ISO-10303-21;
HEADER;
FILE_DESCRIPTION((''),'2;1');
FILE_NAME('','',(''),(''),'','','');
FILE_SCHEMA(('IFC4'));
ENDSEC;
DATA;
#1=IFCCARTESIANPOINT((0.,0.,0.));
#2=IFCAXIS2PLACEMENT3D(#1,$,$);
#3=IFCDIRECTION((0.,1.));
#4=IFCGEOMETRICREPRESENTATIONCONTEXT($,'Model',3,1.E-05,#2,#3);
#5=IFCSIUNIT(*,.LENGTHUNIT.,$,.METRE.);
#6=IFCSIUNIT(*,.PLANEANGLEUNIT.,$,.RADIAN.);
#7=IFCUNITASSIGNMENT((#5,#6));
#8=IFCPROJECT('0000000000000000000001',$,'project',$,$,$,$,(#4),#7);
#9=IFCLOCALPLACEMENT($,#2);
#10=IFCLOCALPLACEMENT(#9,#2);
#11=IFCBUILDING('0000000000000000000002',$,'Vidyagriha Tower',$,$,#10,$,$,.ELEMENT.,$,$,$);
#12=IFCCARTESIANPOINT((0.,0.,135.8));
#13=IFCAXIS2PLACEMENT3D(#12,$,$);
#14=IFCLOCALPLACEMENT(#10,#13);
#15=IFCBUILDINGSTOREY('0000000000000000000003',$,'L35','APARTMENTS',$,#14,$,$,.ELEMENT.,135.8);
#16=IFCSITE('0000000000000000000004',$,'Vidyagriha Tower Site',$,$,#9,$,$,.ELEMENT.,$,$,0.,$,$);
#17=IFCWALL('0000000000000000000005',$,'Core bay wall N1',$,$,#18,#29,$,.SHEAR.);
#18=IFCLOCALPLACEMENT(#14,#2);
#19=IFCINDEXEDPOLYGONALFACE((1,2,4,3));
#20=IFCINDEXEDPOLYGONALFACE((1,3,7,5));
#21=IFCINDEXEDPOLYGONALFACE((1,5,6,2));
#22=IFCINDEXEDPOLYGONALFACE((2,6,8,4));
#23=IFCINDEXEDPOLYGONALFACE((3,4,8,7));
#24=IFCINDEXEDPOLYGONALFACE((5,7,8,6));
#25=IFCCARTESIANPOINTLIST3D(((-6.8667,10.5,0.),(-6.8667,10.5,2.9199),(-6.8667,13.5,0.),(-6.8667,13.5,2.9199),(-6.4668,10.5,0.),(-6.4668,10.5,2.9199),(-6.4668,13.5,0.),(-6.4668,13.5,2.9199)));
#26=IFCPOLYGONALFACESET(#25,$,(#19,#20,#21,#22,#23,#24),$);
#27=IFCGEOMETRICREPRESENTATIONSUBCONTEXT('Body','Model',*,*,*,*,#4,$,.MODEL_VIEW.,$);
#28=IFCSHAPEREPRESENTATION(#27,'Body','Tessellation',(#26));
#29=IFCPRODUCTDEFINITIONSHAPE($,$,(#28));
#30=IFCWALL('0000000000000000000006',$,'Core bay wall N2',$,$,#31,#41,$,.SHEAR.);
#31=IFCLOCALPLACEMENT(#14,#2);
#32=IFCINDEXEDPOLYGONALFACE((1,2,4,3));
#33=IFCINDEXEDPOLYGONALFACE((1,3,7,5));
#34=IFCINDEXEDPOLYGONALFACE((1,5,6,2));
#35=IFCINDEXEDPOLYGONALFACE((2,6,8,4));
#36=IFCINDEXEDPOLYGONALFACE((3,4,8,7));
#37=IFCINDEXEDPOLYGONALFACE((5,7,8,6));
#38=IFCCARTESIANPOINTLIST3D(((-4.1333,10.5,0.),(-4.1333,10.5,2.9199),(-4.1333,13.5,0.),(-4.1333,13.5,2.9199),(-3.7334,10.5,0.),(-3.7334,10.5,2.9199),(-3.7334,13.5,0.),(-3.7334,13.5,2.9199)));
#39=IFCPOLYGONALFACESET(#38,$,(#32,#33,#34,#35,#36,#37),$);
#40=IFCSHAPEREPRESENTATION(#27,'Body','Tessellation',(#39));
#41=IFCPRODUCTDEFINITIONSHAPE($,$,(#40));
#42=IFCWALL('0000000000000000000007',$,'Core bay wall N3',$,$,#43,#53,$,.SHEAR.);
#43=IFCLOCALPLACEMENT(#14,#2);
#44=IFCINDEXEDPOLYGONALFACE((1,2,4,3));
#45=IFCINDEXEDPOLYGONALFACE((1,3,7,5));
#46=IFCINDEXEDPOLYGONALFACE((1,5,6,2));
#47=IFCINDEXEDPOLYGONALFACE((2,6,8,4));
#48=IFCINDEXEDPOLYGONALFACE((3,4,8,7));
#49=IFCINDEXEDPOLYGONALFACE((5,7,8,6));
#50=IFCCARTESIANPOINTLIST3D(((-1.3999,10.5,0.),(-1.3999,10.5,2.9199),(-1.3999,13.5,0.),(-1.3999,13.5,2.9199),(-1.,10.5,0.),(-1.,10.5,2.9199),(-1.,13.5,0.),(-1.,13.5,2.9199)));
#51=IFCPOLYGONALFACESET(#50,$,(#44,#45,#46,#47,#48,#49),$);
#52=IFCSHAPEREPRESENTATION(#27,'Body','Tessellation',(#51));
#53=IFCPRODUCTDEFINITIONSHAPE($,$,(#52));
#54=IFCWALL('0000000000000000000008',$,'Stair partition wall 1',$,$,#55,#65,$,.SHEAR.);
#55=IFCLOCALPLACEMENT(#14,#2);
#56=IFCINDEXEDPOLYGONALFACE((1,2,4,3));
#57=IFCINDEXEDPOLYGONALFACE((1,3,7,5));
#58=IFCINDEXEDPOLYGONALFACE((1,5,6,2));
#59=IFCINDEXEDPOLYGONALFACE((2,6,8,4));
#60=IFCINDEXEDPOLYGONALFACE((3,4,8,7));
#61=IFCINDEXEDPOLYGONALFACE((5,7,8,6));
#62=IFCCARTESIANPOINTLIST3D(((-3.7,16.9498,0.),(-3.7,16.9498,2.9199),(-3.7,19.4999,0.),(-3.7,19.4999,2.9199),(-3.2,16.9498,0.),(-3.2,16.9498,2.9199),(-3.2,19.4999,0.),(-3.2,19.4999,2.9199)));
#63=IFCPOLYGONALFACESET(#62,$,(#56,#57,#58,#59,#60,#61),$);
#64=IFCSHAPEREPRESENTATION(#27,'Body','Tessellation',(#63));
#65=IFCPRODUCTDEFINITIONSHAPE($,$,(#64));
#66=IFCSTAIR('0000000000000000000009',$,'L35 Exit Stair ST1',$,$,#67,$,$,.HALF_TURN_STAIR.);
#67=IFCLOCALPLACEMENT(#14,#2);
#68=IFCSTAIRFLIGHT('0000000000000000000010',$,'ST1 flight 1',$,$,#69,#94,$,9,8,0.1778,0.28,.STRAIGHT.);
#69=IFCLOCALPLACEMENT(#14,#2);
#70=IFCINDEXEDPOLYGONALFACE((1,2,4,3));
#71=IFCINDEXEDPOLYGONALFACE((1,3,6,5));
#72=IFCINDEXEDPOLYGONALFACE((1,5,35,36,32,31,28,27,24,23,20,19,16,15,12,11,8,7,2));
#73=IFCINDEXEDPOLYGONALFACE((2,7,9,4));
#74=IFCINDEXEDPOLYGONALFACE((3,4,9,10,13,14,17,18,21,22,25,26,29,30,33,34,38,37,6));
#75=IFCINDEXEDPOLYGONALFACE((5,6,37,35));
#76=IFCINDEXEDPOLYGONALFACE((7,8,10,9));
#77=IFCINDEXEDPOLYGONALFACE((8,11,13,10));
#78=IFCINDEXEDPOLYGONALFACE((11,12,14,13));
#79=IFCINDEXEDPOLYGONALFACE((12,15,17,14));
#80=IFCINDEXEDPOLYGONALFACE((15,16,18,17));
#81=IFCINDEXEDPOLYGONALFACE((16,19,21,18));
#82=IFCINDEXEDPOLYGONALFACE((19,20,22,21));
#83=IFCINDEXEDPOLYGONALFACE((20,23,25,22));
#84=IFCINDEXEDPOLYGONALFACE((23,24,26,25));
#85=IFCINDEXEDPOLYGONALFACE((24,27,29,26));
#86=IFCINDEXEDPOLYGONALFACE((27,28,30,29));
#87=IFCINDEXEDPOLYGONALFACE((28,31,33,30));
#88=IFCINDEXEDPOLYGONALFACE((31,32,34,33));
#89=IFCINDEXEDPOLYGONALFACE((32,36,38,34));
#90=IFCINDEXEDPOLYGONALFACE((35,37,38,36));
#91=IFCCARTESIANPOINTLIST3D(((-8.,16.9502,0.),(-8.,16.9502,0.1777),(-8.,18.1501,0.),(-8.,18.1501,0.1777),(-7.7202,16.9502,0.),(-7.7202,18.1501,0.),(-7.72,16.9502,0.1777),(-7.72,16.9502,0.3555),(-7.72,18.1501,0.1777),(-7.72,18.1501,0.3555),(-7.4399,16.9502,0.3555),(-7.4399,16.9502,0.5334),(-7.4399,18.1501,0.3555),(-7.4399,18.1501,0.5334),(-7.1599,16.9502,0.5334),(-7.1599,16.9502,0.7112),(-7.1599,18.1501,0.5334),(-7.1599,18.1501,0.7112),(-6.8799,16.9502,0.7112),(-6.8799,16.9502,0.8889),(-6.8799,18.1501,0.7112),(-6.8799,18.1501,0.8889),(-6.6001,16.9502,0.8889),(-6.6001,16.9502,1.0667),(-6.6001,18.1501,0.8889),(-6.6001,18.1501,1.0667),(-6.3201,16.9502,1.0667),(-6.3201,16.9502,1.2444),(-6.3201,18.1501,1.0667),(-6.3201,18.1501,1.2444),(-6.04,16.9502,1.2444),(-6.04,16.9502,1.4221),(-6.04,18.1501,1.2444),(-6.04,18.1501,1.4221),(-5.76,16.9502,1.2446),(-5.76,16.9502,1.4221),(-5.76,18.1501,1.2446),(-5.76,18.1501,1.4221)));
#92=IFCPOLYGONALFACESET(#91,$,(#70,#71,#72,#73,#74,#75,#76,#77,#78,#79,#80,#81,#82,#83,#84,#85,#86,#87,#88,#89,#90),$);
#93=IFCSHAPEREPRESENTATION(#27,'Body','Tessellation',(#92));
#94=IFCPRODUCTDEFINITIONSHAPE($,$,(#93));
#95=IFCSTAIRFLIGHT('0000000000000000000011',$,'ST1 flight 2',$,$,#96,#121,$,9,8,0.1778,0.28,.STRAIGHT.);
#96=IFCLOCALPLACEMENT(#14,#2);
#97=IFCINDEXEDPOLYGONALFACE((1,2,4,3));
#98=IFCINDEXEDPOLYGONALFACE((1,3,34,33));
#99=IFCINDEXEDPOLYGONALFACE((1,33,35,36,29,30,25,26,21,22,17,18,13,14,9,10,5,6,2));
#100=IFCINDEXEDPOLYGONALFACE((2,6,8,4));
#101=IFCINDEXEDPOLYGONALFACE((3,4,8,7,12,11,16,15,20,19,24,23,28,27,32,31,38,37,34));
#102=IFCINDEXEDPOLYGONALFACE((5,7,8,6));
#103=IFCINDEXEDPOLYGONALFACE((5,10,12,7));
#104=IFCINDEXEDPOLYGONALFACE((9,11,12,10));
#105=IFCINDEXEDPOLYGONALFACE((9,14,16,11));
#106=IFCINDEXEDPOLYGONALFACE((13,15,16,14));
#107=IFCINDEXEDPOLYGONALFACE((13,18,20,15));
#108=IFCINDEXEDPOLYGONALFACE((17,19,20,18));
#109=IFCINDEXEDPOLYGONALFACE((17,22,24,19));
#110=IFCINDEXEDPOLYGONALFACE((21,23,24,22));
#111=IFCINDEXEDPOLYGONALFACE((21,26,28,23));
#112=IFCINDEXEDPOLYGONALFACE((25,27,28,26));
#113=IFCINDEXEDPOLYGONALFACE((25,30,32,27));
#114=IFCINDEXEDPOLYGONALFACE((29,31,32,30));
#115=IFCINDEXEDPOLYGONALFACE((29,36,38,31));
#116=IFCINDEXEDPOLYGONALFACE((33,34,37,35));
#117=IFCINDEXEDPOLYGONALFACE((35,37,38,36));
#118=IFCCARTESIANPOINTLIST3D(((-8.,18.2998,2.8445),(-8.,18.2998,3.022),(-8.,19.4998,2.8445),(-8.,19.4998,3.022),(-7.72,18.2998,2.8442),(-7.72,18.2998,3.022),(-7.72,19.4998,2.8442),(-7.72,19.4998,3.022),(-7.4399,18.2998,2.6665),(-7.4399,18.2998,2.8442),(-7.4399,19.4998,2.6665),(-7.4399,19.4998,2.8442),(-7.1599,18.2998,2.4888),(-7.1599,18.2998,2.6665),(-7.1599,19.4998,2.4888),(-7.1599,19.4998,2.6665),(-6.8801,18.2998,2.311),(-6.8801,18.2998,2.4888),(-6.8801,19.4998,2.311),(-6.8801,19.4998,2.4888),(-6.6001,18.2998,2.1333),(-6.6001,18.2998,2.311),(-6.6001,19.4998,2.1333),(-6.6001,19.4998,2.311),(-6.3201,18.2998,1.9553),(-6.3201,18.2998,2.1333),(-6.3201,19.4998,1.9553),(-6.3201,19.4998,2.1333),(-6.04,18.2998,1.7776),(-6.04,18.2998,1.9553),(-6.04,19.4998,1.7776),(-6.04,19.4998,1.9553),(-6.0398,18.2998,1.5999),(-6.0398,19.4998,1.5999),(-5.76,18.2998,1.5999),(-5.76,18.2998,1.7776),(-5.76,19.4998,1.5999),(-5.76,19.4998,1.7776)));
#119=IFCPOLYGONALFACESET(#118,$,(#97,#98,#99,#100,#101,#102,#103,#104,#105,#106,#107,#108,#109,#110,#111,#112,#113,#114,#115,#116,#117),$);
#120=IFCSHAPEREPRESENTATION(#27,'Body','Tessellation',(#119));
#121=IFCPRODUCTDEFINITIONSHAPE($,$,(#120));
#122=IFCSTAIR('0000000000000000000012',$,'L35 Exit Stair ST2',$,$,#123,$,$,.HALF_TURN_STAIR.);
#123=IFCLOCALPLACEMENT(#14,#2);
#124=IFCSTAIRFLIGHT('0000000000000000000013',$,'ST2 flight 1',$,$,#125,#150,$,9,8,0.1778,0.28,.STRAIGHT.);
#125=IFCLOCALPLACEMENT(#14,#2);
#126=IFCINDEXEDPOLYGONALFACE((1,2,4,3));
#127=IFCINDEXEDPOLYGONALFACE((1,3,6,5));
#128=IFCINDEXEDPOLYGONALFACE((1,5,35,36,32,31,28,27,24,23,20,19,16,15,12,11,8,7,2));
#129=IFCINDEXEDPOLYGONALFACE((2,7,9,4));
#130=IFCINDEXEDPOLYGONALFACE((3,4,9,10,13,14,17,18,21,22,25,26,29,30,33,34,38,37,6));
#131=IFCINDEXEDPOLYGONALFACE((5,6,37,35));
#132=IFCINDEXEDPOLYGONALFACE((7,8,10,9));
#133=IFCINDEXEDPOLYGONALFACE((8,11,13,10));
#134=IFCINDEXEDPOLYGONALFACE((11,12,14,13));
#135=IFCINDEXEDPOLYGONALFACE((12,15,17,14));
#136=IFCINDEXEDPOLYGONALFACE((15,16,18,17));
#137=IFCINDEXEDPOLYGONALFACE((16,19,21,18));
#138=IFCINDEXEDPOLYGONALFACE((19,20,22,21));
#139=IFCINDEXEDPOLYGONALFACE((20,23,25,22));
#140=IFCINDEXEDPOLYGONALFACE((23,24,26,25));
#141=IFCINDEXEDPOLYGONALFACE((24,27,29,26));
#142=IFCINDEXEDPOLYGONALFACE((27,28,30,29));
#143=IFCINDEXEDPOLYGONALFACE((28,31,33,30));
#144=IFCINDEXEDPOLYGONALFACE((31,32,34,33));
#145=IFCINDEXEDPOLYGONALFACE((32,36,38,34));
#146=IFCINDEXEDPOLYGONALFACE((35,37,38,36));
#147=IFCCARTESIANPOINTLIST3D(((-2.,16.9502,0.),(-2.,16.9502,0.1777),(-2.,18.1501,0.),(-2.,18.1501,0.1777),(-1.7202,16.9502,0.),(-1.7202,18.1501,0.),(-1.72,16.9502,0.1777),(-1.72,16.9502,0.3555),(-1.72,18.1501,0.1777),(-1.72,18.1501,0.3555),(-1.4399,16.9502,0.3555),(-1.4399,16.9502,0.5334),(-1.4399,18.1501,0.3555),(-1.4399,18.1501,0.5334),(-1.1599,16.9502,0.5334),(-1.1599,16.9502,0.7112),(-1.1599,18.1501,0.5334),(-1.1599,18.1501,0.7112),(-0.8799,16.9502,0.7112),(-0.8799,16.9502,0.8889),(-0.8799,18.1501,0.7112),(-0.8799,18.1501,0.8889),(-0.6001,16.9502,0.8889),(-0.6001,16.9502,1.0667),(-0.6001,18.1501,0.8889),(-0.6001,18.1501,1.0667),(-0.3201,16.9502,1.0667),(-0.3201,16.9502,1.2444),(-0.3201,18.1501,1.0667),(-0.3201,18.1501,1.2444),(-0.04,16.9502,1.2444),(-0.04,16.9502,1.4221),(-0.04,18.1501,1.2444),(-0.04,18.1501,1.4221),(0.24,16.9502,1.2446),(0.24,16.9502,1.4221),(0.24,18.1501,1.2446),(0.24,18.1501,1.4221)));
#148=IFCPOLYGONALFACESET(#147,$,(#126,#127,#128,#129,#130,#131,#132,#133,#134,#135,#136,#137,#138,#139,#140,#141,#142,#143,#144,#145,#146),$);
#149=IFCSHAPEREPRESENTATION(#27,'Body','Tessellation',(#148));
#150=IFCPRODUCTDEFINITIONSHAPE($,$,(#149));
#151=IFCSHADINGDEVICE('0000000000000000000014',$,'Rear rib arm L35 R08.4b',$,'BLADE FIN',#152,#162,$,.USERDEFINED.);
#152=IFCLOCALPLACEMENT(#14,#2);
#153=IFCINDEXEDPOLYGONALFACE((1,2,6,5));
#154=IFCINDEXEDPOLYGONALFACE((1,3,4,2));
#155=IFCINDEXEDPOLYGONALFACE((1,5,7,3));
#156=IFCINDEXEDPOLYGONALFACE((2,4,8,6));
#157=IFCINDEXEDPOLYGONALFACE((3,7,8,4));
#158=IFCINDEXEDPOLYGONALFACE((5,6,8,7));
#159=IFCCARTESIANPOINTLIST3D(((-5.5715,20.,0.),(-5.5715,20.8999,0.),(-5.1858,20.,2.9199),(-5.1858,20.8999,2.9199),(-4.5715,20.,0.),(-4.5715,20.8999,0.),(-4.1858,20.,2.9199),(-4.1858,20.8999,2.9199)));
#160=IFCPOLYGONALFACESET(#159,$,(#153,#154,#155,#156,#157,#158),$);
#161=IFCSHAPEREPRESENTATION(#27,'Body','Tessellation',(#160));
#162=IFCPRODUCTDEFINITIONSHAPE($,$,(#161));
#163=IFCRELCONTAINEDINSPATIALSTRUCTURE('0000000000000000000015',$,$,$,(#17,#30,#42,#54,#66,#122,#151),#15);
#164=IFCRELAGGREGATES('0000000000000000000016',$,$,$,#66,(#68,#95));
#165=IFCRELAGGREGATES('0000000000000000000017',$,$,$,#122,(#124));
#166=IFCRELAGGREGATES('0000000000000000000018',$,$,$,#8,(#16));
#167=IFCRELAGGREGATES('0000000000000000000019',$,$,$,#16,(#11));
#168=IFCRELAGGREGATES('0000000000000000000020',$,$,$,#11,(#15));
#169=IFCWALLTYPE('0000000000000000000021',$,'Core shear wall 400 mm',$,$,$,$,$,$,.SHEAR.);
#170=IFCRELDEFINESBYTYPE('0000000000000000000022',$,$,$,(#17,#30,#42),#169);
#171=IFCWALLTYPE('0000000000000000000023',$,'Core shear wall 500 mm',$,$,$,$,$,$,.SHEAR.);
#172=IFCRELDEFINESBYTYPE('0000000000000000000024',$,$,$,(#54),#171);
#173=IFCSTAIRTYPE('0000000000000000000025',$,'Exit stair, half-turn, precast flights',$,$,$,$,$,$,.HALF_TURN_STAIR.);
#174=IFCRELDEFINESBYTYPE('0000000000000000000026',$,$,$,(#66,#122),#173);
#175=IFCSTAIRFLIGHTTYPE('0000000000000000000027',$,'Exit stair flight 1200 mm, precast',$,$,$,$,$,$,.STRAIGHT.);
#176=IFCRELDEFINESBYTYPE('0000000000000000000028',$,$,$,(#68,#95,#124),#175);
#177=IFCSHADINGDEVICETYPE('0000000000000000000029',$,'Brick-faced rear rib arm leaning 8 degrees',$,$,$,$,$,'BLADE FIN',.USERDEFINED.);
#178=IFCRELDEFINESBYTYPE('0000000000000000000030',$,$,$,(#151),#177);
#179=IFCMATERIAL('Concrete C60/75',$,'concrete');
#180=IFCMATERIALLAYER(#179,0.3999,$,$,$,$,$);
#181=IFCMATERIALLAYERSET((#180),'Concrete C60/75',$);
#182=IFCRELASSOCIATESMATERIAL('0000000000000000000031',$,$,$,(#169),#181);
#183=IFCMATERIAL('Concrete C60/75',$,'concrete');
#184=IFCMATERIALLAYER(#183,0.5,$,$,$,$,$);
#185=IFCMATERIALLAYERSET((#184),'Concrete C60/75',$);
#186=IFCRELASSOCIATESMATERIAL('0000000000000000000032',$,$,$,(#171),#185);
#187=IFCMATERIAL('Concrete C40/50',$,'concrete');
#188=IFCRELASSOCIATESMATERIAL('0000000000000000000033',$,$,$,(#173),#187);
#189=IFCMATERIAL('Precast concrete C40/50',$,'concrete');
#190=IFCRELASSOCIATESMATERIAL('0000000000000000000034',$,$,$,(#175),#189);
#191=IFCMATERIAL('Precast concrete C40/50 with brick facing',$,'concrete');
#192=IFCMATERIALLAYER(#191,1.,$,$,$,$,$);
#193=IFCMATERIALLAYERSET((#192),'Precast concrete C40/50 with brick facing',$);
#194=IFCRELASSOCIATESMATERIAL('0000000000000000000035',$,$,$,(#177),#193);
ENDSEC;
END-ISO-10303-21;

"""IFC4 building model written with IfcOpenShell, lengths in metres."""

from ifc_helpers import new_model, si_unit, direction, frame, frame_2d, origin, place, context, subcontext, project, spatial, polyline, rectangle, outline, extrude, material, layer, layer_set, type_object, element, aggregate, save


model = new_model("IFC4")

# Units and contexts
model_context = context("Model", 3, precision=1e-05, world=origin(), true_north=direction((0.0, 1.0)))
body_context = subcontext(model_context, "Body", "Model", "MODEL_VIEW")
ifc_project = project(units=[si_unit("LENGTHUNIT", "METRE"), si_unit("PLANEANGLEUNIT", "RADIAN")], contexts=[model_context])

# Site, building, storey
site_placement = place(None, origin())
site = spatial("IfcSite", under=ifc_project, at=site_placement, Name="Vidyagriha Tower Site", CompositionType="ELEMENT", RefElevation=0.0)
building_placement = place(site_placement, origin())
building = spatial("IfcBuilding", under=site, at=building_placement, Name="Vidyagriha Tower", CompositionType="ELEMENT")
storey_placement = place(building_placement, frame((0.0, 0.0, 135.8)))
storey = spatial("IfcBuildingStorey", under=building, at=storey_placement, Name="L35", Description="APARTMENTS", CompositionType="ELEMENT", Elevation=135.8)

# Walls
ifc_material_1 = material(Name="Concrete C60/75", Category="concrete")
ifc_layer_1 = layer(ifc_material_1, 0.3999)
ifc_layer_set_1 = layer_set([ifc_layer_1], Name="Concrete C60/75")
wall_type_1 = type_object("IfcWallType", Name="Core shear wall 400 mm", PredefinedType="SHEAR", material=ifc_layer_set_1)
for number, where, z_axis, x_axis, name in (
    (1, (-6.6667, 10.5, 0.0), (0.0, 0.0, 1.0), (0.0, 1.0, 0.0), "Core bay wall N1"),
    (2, (-3.9333, 10.5, 0.0), (0.0, 0.0, 1.0), (0.0, 1.0, 0.0), "Core bay wall N2"),
    (3, (-1.2, 10.5, 0.0), (0.0, 0.0, 1.0), (0.0, 1.0, 0.0), "Core bay wall N3"),
):
    element("IfcWall", number, at=place(storey_placement, frame(where, z_axis=z_axis, x_axis=x_axis)), inside=storey, type_object=wall_type_1, Name=name, PredefinedType="SHEAR", context=body_context, shape_type="SweptSolid", body=[
        extrude(rectangle(XDim=3.0, YDim=0.3999, at=frame_2d((1.5, 0.0))), origin(), (0.0, 0.0, 1.0), 2.9199),
    ])
ifc_material_2 = material(Name="Concrete C60/75", Category="concrete")
ifc_layer_2 = layer(ifc_material_2, 0.5)
ifc_layer_set_2 = layer_set([ifc_layer_2], Name="Concrete C60/75")
wall_type_2 = type_object("IfcWallType", Name="Core shear wall 500 mm", PredefinedType="SHEAR", material=ifc_layer_set_2)
wall_placement = place(storey_placement, frame((-3.45, 16.95, 0.0), z_axis=(0.0, 0.0, 1.0), x_axis=(0.0, 1.0, 0.0)))
element("IfcWall", 4, at=wall_placement, inside=storey, type_object=wall_type_2, Name="Stair partition wall 1", PredefinedType="SHEAR", context=body_context, shape_type="SweptSolid", body=[
    extrude(rectangle(XDim=2.55, YDim=0.5, at=frame_2d((1.2749, 0.0))), origin(), (0.0, 0.0, 1.0), 2.9199),
])

# Stair, stair flights
ifc_material_3 = material(Name="Concrete C40/50", Category="concrete")
stair_type = type_object("IfcStairType", Name="Exit stair, half-turn, precast flights", PredefinedType="HALF_TURN_STAIR", material=ifc_material_3)
stair_1_placement = place(storey_placement, origin())
stair_1 = element("IfcStair", 5, at=stair_1_placement, inside=storey, type_object=stair_type, Name="L35 Exit Stair ST1", PredefinedType="HALF_TURN_STAIR")
ifc_material_4 = material(Name="Precast concrete C40/50", Category="concrete")
stair_flight_type = type_object("IfcStairFlightType", Name="Exit stair flight 1200 mm, precast", PredefinedType="STRAIGHT", material=ifc_material_4)
stair_flight_1_placement = place(storey_placement, frame((-8.0, 17.55, 0.0)))
stair_flight_1 = element("IfcStairFlight", 6, at=stair_flight_1_placement, type_object=stair_flight_type, Name="ST1 flight 1", NumberOfRisers=9, NumberOfTreads=8, PredefinedType="STRAIGHT", RiserHeight=0.1778, TreadLength=0.28, context=body_context, shape_type="SweptSolid", body=[
    extrude(outline(polyline([(0.0, 0.0), (0.0, 0.1777), (0.28, 0.1777), (0.28, 0.3555), (0.5601, 0.3555), (0.5601, 0.5334), (0.8401, 0.5334), (0.8401, 0.7112), (1.1201, 0.7112), (1.1201, 0.8889), (1.3999, 0.8889), (1.3999, 1.0667), (1.6799, 1.0667), (1.6799, 1.2444), (1.96, 1.2444), (1.96, 1.4221), (2.24, 1.4221), (2.24, 1.6001), (2.24, 1.2446), (0.2798, 0.0), (0.0, 0.0)])), frame((0.0, 0.6001, 0.0), z_axis=(0.0, -1.0, 0.0), x_axis=(1.0, 0.0, 0.0)), (0.0, 0.0, 1.0), 1.2),
])
stair_flight_2_placement = place(storey_placement, frame((-5.76, 18.8999, 1.5999), z_axis=(0.0, 0.0, 1.0), x_axis=(-1.0, 0.0, 0.0)))
stair_flight_2 = element("IfcStairFlight", 7, at=stair_flight_2_placement, type_object=stair_flight_type, Name="ST1 flight 2", NumberOfRisers=9, NumberOfTreads=8, PredefinedType="STRAIGHT", RiserHeight=0.1778, TreadLength=0.28, context=body_context, shape_type="SweptSolid", body=[
    extrude(outline(polyline([(0.0, 0.0), (0.0, 0.1777), (0.28, 0.1777), (0.28, 0.3555), (0.5601, 0.3555), (0.5601, 0.5334), (0.8401, 0.5334), (0.8401, 0.7112), (1.1201, 0.7112), (1.1201, 0.8889), (1.3999, 0.8889), (1.3999, 1.0667), (1.6799, 1.0667), (1.6799, 1.2444), (1.96, 1.2444), (1.96, 1.4221), (2.24, 1.4221), (2.24, 1.6001), (2.24, 1.2446), (0.2798, 0.0), (0.0, 0.0)])), frame((0.0, 0.6001, 0.0), z_axis=(0.0, -1.0, 0.0), x_axis=(1.0, 0.0, 0.0)), (0.0, 0.0, 1.0), 1.2),
])
aggregate(stair_1, [stair_flight_1, stair_flight_2])

# Stair, stair flight
stair_2_placement = place(storey_placement, origin())
stair_2 = element("IfcStair", 8, at=stair_2_placement, inside=storey, type_object=stair_type, Name="L35 Exit Stair ST2", PredefinedType="HALF_TURN_STAIR")
stair_flight_3_placement = place(storey_placement, frame((-2.0, 17.55, 0.0)))
stair_flight_3 = element("IfcStairFlight", 9, at=stair_flight_3_placement, type_object=stair_flight_type, Name="ST2 flight 1", NumberOfRisers=9, NumberOfTreads=8, PredefinedType="STRAIGHT", RiserHeight=0.1778, TreadLength=0.28, context=body_context, shape_type="SweptSolid", body=[
    extrude(outline(polyline([(0.0, 0.0), (0.0, 0.1777), (0.28, 0.1777), (0.28, 0.3555), (0.5601, 0.3555), (0.5601, 0.5334), (0.8401, 0.5334), (0.8401, 0.7112), (1.1201, 0.7112), (1.1201, 0.8889), (1.3999, 0.8889), (1.3999, 1.0667), (1.6799, 1.0667), (1.6799, 1.2444), (1.96, 1.2444), (1.96, 1.4221), (2.24, 1.4221), (2.24, 1.6001), (2.24, 1.2446), (0.2798, 0.0), (0.0, 0.0)])), frame((0.0, 0.6001, 0.0), z_axis=(0.0, -1.0, 0.0), x_axis=(1.0, 0.0, 0.0)), (0.0, 0.0, 1.0), 1.2),
])
aggregate(stair_2, [stair_flight_3])

# Shading device
ifc_material_5 = material(Name="Precast concrete C40/50 with brick facing", Category="concrete")
ifc_layer_3 = layer(ifc_material_5, 1.0)
ifc_layer_set_3 = layer_set([ifc_layer_3], Name="Precast concrete C40/50 with brick facing")
shading_device_type = type_object("IfcShadingDeviceType", Name="Brick-faced rear rib arm leaning 8 degrees", ElementType="BLADE FIN", PredefinedType="USERDEFINED", material=ifc_layer_set_3)
shading_device_placement = place(storey_placement, frame((-4.1858, 20.45, 0.0), z_axis=(0.0, 0.0, 1.0), x_axis=(-1.0, 0.0, 0.0)))
element("IfcShadingDevice", 10, at=shading_device_placement, inside=storey, type_object=shading_device_type, Name="Rear rib arm L35 R08.4b", ObjectType="BLADE FIN", PredefinedType="USERDEFINED", context=body_context, shape_type="SweptSolid", body=[
    extrude(outline(polyline([(0.3857, 0.0), (1.3857, 0.0), (1.0, 2.9199), (0.0, 2.9199), (0.3857, 0.0)])), frame((0.0, 0.45, 0.0), z_axis=(0.0, -1.0, 0.0), x_axis=(1.0, 0.0, 0.0)), (0.0, 0.0, 1.0), 0.8999),
])

save(model, "model.ifc")
